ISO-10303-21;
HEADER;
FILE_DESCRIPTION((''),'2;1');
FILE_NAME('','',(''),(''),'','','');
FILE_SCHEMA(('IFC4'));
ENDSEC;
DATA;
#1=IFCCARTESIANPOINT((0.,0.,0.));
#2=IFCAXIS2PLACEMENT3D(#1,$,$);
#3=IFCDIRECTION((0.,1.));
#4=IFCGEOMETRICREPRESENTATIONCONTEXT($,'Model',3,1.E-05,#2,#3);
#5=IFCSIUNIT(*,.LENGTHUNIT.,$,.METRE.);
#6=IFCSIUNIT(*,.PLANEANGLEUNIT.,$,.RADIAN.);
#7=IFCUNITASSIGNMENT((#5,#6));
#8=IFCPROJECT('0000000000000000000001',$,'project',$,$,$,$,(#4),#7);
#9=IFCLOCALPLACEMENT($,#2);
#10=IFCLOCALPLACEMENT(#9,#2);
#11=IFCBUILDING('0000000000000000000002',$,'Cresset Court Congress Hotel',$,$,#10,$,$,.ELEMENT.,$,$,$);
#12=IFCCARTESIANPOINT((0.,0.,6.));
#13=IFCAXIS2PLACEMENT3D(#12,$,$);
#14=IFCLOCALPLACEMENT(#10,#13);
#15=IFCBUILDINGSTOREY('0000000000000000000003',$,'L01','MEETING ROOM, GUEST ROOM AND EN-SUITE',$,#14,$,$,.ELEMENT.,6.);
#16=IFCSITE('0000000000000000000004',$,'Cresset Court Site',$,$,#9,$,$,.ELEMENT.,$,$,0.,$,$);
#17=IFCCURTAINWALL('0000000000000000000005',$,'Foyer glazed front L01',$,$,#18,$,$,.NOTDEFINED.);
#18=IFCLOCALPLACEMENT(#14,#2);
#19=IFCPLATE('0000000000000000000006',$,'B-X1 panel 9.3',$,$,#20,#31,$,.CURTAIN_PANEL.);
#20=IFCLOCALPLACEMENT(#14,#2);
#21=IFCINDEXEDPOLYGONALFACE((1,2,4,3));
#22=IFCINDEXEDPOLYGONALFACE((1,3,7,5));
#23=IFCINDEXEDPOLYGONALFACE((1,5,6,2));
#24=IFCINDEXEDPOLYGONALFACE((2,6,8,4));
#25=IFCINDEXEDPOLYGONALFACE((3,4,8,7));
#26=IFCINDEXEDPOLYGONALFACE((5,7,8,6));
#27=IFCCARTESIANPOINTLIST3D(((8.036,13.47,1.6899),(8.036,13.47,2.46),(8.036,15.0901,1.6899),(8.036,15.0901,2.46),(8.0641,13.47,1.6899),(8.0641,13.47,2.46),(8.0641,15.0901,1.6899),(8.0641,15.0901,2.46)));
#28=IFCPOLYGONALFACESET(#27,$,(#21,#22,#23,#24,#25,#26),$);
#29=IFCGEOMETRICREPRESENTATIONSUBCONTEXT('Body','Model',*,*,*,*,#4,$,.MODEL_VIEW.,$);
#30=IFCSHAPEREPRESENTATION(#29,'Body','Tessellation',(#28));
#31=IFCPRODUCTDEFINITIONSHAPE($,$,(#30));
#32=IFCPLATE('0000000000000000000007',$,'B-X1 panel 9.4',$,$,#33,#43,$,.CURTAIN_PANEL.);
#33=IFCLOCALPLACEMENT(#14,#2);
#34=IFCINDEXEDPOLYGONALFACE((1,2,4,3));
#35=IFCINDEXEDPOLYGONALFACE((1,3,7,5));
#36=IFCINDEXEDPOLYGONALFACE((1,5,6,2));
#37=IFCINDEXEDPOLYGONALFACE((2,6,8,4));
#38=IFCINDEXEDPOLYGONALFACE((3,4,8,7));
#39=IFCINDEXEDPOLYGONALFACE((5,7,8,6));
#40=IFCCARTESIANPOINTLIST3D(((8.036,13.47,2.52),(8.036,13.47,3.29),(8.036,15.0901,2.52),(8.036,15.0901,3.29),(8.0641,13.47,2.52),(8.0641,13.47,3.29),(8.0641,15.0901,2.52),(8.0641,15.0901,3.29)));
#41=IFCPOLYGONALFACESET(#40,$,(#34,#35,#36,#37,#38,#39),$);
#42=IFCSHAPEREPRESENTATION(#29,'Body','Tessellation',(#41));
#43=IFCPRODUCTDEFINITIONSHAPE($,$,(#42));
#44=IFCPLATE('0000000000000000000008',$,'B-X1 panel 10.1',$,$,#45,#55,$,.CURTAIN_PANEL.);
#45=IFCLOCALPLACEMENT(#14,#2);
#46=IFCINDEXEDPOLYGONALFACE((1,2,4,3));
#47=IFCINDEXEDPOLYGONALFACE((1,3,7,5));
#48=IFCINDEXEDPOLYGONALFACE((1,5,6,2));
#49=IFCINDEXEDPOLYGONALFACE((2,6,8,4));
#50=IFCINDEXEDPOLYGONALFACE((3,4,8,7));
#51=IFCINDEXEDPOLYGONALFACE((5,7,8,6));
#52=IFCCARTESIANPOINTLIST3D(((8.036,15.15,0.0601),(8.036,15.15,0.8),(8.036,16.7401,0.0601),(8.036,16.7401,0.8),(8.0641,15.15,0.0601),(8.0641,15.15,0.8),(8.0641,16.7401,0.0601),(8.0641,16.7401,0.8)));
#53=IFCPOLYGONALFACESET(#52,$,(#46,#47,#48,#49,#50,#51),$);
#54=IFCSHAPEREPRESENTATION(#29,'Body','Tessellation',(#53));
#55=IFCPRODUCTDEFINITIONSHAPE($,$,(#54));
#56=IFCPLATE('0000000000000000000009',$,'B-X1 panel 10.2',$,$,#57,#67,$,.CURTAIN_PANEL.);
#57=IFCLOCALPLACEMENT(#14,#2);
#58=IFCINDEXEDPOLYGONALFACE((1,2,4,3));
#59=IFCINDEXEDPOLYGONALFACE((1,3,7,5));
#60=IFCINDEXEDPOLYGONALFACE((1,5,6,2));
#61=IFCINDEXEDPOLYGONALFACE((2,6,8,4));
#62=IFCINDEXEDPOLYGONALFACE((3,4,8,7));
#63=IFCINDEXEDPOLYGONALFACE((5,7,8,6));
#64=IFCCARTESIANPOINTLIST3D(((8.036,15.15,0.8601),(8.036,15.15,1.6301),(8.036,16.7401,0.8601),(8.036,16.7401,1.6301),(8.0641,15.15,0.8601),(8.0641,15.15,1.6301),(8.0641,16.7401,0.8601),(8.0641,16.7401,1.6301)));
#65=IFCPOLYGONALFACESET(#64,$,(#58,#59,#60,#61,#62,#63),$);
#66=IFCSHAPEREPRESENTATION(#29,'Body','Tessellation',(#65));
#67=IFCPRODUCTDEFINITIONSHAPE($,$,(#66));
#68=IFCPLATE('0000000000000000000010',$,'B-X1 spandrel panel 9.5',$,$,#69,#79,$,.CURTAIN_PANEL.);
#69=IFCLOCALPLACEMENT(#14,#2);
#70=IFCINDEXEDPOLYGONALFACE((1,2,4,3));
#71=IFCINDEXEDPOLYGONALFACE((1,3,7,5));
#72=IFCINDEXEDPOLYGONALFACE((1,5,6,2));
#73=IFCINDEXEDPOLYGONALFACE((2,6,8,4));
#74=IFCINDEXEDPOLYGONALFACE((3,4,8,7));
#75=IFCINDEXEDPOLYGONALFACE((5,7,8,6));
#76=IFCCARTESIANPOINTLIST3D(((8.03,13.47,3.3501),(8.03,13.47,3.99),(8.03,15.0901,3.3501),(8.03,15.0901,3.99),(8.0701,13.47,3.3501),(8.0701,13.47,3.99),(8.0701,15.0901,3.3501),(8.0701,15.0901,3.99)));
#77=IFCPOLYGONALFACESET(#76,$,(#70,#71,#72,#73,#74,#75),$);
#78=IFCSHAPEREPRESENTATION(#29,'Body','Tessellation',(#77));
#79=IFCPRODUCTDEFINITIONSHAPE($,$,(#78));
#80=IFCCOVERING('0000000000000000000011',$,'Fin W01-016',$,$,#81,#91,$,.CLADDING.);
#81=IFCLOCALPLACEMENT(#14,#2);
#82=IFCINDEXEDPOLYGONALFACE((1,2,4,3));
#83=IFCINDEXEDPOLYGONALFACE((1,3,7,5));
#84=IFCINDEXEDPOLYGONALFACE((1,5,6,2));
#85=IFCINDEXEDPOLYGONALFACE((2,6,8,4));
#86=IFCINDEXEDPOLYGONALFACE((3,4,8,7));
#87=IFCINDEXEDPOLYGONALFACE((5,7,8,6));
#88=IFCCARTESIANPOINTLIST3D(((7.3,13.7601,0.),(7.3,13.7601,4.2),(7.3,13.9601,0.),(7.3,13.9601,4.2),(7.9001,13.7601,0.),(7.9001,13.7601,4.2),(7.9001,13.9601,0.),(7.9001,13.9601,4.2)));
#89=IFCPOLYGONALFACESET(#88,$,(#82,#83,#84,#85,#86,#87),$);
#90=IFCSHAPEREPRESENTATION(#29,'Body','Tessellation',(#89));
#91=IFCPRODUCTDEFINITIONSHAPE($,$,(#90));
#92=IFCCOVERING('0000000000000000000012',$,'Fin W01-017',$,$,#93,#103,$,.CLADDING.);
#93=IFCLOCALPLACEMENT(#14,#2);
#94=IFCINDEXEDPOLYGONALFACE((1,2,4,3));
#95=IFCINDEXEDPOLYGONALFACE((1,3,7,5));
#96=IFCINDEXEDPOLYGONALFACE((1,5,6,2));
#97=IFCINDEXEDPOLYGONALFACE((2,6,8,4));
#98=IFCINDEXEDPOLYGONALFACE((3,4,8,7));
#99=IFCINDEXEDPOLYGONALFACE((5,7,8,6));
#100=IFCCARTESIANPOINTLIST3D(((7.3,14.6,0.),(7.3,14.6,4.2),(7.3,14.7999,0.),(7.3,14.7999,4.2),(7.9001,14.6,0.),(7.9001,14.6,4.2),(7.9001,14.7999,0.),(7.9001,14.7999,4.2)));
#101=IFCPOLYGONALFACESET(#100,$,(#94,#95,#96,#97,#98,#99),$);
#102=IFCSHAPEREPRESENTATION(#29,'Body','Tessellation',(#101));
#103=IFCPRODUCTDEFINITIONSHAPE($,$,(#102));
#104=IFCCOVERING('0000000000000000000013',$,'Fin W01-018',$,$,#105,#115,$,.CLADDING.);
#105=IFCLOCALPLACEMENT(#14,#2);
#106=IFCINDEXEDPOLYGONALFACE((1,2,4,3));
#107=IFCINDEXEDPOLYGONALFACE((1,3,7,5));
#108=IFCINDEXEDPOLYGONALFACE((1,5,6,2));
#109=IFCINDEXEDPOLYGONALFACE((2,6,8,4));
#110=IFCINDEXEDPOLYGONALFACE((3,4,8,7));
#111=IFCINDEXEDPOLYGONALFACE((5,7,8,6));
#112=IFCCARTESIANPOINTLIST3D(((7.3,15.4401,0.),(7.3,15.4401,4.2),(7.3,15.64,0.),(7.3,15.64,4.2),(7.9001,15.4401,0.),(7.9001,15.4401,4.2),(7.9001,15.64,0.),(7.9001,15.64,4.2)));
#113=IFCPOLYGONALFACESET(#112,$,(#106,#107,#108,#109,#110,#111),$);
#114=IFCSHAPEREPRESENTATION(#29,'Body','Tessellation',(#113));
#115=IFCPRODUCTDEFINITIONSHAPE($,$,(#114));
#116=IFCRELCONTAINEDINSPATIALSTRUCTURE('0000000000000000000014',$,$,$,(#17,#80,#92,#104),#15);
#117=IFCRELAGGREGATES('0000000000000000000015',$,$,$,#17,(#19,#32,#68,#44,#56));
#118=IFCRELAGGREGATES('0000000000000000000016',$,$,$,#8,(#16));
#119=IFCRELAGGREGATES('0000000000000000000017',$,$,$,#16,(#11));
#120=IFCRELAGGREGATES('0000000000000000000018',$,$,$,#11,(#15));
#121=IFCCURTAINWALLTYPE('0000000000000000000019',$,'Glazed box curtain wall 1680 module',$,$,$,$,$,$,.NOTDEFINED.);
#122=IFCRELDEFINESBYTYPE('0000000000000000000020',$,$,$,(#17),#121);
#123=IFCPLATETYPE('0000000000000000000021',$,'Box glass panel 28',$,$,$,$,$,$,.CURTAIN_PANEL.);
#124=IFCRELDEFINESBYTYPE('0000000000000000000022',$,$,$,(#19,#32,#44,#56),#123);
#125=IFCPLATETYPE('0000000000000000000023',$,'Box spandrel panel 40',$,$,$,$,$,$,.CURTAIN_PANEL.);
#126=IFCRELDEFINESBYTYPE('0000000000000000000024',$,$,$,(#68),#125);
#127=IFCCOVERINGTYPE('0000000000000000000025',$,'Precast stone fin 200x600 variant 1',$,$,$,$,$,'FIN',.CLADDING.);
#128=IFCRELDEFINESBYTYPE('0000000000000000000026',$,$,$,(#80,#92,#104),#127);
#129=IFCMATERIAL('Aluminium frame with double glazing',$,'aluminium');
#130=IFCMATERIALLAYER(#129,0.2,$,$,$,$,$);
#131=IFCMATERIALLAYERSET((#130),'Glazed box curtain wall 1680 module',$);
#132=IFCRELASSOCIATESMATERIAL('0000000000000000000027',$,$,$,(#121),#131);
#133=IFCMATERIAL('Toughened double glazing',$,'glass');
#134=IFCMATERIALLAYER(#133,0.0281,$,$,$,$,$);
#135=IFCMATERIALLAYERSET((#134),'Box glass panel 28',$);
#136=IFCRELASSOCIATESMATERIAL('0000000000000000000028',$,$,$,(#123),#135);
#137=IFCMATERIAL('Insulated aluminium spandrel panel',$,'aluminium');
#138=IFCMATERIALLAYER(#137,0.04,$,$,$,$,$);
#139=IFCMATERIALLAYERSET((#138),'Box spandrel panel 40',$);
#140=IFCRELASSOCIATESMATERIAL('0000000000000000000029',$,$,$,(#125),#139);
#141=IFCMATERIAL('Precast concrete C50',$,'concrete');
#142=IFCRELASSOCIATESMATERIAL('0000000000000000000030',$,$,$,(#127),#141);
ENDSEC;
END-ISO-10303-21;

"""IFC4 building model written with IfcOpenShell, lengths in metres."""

from ifc_helpers import new_model, si_unit, direction, frame, origin, origin_2d, place, context, subcontext, project, spatial, rectangle, extrude, material, layer, layer_set, type_object, element, aggregate, save


model = new_model("IFC4")

# Units and contexts
model_context = context("Model", 3, precision=1e-05, world=origin(), true_north=direction((0.0, 1.0)))
body_context = subcontext(model_context, "Body", "Model", "MODEL_VIEW")
ifc_project = project(units=[si_unit("LENGTHUNIT", "METRE"), si_unit("PLANEANGLEUNIT", "RADIAN")], contexts=[model_context])

# Site, building, storey
site_placement = place(None, origin())
site = spatial("IfcSite", under=ifc_project, at=site_placement, Name="Cresset Court Site", CompositionType="ELEMENT", RefElevation=0.0)
building_placement = place(site_placement, origin())
building = spatial("IfcBuilding", under=site, at=building_placement, Name="Cresset Court Congress Hotel", CompositionType="ELEMENT")
storey_placement = place(building_placement, frame((0.0, 0.0, 6.0)))
storey = spatial("IfcBuildingStorey", under=building, at=storey_placement, Name="L01", Description="MEETING ROOM, GUEST ROOM AND EN-SUITE", CompositionType="ELEMENT", Elevation=6.0)

# Curtain wall, plates
ifc_material_1 = material(Name="Aluminium frame with double glazing", Category="aluminium")
ifc_layer_1 = layer(ifc_material_1, 0.2)
ifc_layer_set_1 = layer_set([ifc_layer_1], Name="Glazed box curtain wall 1680 module")
curtain_wall_type = type_object("IfcCurtainWallType", Name="Glazed box curtain wall 1680 module", PredefinedType="NOTDEFINED", material=ifc_layer_set_1)
curtain_wall_placement = place(storey_placement, origin())
curtain_wall = element("IfcCurtainWall", 1, at=curtain_wall_placement, inside=storey, type_object=curtain_wall_type, Name="Foyer glazed front L01", PredefinedType="NOTDEFINED")
ifc_material_2 = material(Name="Toughened double glazing", Category="glass")
ifc_layer_2 = layer(ifc_material_2, 0.0281)
ifc_layer_set_2 = layer_set([ifc_layer_2], Name="Box glass panel 28")
plate_type_1 = type_object("IfcPlateType", Name="Box glass panel 28", PredefinedType="CURTAIN_PANEL", material=ifc_layer_set_2)
plate_1_placement = place(storey_placement, frame((8.05, 14.28, 1.6899), z_axis=(0.0, 0.0, 1.0), x_axis=(0.0, 1.0, 0.0)))
plate_1 = element("IfcPlate", 2, at=plate_1_placement, type_object=plate_type_1, Name="B-X1 panel 9.3", PredefinedType="CURTAIN_PANEL", context=body_context, shape_type="SweptSolid", body=[
    extrude(rectangle(XDim=1.6201, YDim=0.0281, at=origin_2d()), origin(), (0.0, 0.0, 1.0), 0.77),
])
plate_2_placement = place(storey_placement, frame((8.05, 14.28, 2.52), z_axis=(0.0, 0.0, 1.0), x_axis=(0.0, 1.0, 0.0)))
plate_2 = element("IfcPlate", 3, at=plate_2_placement, type_object=plate_type_1, Name="B-X1 panel 9.4", PredefinedType="CURTAIN_PANEL", context=body_context, shape_type="SweptSolid", body=[
    extrude(rectangle(XDim=1.6201, YDim=0.0281, at=origin_2d()), origin(), (0.0, 0.0, 1.0), 0.77),
])
plate_3_placement = place(storey_placement, frame((8.05, 15.9451, 0.0601), z_axis=(0.0, 0.0, 1.0), x_axis=(0.0, 1.0, 0.0)))
plate_3 = element("IfcPlate", 4, at=plate_3_placement, type_object=plate_type_1, Name="B-X1 panel 10.1", PredefinedType="CURTAIN_PANEL", context=body_context, shape_type="SweptSolid", body=[
    extrude(rectangle(XDim=1.5901, YDim=0.0281, at=origin_2d()), origin(), (0.0, 0.0, 1.0), 0.74),
])
plate_4_placement = place(storey_placement, frame((8.05, 15.9451, 0.8601), z_axis=(0.0, 0.0, 1.0), x_axis=(0.0, 1.0, 0.0)))
plate_4 = element("IfcPlate", 5, at=plate_4_placement, type_object=plate_type_1, Name="B-X1 panel 10.2", PredefinedType="CURTAIN_PANEL", context=body_context, shape_type="SweptSolid", body=[
    extrude(rectangle(XDim=1.5901, YDim=0.0281, at=origin_2d()), origin(), (0.0, 0.0, 1.0), 0.77),
])
ifc_material_3 = material(Name="Insulated aluminium spandrel panel", Category="aluminium")
ifc_layer_3 = layer(ifc_material_3, 0.04)
ifc_layer_set_3 = layer_set([ifc_layer_3], Name="Box spandrel panel 40")
plate_type_2 = type_object("IfcPlateType", Name="Box spandrel panel 40", PredefinedType="CURTAIN_PANEL", material=ifc_layer_set_3)
plate_5_placement = place(storey_placement, frame((8.05, 14.28, 3.3501), z_axis=(0.0, 0.0, 1.0), x_axis=(0.0, 1.0, 0.0)))
plate_5 = element("IfcPlate", 6, at=plate_5_placement, type_object=plate_type_2, Name="B-X1 spandrel panel 9.5", PredefinedType="CURTAIN_PANEL", context=body_context, shape_type="SweptSolid", body=[
    extrude(rectangle(XDim=1.6201, YDim=0.04, at=origin_2d()), origin(), (0.0, 0.0, 1.0), 0.6399),
])
aggregate(curtain_wall, [plate_1, plate_2, plate_5, plate_3, plate_4])

# Coverings
ifc_material_4 = material(Name="Precast concrete C50", Category="concrete")
covering_type = type_object("IfcCoveringType", Name="Precast stone fin 200x600 variant 1", ElementType="FIN", PredefinedType="CLADDING", material=ifc_material_4)
for number, where, z_axis, x_axis, name in (
    (7, (7.6001, 13.8601, 0.0), (0.0, 0.0, 1.0), (1.0, 0.0, 0.0), "Fin W01-016"),
    (8, (7.6001, 14.7, 0.0), (0.0, 0.0, 1.0), (1.0, 0.0, 0.0), "Fin W01-017"),
    (9, (7.6001, 15.54, 0.0), (0.0, 0.0, 1.0), (1.0, 0.0, 0.0), "Fin W01-018"),
):
    element("IfcCovering", number, at=place(storey_placement, frame(where, z_axis=z_axis, x_axis=x_axis)), inside=storey, type_object=covering_type, Name=name, PredefinedType="CLADDING", context=body_context, shape_type="SweptSolid", body=[
        extrude(rectangle(XDim=0.6001, YDim=0.2, at=origin_2d()), origin(), (0.0, 0.0, 1.0), 4.2),
    ])

save(model, "model.ifc")
